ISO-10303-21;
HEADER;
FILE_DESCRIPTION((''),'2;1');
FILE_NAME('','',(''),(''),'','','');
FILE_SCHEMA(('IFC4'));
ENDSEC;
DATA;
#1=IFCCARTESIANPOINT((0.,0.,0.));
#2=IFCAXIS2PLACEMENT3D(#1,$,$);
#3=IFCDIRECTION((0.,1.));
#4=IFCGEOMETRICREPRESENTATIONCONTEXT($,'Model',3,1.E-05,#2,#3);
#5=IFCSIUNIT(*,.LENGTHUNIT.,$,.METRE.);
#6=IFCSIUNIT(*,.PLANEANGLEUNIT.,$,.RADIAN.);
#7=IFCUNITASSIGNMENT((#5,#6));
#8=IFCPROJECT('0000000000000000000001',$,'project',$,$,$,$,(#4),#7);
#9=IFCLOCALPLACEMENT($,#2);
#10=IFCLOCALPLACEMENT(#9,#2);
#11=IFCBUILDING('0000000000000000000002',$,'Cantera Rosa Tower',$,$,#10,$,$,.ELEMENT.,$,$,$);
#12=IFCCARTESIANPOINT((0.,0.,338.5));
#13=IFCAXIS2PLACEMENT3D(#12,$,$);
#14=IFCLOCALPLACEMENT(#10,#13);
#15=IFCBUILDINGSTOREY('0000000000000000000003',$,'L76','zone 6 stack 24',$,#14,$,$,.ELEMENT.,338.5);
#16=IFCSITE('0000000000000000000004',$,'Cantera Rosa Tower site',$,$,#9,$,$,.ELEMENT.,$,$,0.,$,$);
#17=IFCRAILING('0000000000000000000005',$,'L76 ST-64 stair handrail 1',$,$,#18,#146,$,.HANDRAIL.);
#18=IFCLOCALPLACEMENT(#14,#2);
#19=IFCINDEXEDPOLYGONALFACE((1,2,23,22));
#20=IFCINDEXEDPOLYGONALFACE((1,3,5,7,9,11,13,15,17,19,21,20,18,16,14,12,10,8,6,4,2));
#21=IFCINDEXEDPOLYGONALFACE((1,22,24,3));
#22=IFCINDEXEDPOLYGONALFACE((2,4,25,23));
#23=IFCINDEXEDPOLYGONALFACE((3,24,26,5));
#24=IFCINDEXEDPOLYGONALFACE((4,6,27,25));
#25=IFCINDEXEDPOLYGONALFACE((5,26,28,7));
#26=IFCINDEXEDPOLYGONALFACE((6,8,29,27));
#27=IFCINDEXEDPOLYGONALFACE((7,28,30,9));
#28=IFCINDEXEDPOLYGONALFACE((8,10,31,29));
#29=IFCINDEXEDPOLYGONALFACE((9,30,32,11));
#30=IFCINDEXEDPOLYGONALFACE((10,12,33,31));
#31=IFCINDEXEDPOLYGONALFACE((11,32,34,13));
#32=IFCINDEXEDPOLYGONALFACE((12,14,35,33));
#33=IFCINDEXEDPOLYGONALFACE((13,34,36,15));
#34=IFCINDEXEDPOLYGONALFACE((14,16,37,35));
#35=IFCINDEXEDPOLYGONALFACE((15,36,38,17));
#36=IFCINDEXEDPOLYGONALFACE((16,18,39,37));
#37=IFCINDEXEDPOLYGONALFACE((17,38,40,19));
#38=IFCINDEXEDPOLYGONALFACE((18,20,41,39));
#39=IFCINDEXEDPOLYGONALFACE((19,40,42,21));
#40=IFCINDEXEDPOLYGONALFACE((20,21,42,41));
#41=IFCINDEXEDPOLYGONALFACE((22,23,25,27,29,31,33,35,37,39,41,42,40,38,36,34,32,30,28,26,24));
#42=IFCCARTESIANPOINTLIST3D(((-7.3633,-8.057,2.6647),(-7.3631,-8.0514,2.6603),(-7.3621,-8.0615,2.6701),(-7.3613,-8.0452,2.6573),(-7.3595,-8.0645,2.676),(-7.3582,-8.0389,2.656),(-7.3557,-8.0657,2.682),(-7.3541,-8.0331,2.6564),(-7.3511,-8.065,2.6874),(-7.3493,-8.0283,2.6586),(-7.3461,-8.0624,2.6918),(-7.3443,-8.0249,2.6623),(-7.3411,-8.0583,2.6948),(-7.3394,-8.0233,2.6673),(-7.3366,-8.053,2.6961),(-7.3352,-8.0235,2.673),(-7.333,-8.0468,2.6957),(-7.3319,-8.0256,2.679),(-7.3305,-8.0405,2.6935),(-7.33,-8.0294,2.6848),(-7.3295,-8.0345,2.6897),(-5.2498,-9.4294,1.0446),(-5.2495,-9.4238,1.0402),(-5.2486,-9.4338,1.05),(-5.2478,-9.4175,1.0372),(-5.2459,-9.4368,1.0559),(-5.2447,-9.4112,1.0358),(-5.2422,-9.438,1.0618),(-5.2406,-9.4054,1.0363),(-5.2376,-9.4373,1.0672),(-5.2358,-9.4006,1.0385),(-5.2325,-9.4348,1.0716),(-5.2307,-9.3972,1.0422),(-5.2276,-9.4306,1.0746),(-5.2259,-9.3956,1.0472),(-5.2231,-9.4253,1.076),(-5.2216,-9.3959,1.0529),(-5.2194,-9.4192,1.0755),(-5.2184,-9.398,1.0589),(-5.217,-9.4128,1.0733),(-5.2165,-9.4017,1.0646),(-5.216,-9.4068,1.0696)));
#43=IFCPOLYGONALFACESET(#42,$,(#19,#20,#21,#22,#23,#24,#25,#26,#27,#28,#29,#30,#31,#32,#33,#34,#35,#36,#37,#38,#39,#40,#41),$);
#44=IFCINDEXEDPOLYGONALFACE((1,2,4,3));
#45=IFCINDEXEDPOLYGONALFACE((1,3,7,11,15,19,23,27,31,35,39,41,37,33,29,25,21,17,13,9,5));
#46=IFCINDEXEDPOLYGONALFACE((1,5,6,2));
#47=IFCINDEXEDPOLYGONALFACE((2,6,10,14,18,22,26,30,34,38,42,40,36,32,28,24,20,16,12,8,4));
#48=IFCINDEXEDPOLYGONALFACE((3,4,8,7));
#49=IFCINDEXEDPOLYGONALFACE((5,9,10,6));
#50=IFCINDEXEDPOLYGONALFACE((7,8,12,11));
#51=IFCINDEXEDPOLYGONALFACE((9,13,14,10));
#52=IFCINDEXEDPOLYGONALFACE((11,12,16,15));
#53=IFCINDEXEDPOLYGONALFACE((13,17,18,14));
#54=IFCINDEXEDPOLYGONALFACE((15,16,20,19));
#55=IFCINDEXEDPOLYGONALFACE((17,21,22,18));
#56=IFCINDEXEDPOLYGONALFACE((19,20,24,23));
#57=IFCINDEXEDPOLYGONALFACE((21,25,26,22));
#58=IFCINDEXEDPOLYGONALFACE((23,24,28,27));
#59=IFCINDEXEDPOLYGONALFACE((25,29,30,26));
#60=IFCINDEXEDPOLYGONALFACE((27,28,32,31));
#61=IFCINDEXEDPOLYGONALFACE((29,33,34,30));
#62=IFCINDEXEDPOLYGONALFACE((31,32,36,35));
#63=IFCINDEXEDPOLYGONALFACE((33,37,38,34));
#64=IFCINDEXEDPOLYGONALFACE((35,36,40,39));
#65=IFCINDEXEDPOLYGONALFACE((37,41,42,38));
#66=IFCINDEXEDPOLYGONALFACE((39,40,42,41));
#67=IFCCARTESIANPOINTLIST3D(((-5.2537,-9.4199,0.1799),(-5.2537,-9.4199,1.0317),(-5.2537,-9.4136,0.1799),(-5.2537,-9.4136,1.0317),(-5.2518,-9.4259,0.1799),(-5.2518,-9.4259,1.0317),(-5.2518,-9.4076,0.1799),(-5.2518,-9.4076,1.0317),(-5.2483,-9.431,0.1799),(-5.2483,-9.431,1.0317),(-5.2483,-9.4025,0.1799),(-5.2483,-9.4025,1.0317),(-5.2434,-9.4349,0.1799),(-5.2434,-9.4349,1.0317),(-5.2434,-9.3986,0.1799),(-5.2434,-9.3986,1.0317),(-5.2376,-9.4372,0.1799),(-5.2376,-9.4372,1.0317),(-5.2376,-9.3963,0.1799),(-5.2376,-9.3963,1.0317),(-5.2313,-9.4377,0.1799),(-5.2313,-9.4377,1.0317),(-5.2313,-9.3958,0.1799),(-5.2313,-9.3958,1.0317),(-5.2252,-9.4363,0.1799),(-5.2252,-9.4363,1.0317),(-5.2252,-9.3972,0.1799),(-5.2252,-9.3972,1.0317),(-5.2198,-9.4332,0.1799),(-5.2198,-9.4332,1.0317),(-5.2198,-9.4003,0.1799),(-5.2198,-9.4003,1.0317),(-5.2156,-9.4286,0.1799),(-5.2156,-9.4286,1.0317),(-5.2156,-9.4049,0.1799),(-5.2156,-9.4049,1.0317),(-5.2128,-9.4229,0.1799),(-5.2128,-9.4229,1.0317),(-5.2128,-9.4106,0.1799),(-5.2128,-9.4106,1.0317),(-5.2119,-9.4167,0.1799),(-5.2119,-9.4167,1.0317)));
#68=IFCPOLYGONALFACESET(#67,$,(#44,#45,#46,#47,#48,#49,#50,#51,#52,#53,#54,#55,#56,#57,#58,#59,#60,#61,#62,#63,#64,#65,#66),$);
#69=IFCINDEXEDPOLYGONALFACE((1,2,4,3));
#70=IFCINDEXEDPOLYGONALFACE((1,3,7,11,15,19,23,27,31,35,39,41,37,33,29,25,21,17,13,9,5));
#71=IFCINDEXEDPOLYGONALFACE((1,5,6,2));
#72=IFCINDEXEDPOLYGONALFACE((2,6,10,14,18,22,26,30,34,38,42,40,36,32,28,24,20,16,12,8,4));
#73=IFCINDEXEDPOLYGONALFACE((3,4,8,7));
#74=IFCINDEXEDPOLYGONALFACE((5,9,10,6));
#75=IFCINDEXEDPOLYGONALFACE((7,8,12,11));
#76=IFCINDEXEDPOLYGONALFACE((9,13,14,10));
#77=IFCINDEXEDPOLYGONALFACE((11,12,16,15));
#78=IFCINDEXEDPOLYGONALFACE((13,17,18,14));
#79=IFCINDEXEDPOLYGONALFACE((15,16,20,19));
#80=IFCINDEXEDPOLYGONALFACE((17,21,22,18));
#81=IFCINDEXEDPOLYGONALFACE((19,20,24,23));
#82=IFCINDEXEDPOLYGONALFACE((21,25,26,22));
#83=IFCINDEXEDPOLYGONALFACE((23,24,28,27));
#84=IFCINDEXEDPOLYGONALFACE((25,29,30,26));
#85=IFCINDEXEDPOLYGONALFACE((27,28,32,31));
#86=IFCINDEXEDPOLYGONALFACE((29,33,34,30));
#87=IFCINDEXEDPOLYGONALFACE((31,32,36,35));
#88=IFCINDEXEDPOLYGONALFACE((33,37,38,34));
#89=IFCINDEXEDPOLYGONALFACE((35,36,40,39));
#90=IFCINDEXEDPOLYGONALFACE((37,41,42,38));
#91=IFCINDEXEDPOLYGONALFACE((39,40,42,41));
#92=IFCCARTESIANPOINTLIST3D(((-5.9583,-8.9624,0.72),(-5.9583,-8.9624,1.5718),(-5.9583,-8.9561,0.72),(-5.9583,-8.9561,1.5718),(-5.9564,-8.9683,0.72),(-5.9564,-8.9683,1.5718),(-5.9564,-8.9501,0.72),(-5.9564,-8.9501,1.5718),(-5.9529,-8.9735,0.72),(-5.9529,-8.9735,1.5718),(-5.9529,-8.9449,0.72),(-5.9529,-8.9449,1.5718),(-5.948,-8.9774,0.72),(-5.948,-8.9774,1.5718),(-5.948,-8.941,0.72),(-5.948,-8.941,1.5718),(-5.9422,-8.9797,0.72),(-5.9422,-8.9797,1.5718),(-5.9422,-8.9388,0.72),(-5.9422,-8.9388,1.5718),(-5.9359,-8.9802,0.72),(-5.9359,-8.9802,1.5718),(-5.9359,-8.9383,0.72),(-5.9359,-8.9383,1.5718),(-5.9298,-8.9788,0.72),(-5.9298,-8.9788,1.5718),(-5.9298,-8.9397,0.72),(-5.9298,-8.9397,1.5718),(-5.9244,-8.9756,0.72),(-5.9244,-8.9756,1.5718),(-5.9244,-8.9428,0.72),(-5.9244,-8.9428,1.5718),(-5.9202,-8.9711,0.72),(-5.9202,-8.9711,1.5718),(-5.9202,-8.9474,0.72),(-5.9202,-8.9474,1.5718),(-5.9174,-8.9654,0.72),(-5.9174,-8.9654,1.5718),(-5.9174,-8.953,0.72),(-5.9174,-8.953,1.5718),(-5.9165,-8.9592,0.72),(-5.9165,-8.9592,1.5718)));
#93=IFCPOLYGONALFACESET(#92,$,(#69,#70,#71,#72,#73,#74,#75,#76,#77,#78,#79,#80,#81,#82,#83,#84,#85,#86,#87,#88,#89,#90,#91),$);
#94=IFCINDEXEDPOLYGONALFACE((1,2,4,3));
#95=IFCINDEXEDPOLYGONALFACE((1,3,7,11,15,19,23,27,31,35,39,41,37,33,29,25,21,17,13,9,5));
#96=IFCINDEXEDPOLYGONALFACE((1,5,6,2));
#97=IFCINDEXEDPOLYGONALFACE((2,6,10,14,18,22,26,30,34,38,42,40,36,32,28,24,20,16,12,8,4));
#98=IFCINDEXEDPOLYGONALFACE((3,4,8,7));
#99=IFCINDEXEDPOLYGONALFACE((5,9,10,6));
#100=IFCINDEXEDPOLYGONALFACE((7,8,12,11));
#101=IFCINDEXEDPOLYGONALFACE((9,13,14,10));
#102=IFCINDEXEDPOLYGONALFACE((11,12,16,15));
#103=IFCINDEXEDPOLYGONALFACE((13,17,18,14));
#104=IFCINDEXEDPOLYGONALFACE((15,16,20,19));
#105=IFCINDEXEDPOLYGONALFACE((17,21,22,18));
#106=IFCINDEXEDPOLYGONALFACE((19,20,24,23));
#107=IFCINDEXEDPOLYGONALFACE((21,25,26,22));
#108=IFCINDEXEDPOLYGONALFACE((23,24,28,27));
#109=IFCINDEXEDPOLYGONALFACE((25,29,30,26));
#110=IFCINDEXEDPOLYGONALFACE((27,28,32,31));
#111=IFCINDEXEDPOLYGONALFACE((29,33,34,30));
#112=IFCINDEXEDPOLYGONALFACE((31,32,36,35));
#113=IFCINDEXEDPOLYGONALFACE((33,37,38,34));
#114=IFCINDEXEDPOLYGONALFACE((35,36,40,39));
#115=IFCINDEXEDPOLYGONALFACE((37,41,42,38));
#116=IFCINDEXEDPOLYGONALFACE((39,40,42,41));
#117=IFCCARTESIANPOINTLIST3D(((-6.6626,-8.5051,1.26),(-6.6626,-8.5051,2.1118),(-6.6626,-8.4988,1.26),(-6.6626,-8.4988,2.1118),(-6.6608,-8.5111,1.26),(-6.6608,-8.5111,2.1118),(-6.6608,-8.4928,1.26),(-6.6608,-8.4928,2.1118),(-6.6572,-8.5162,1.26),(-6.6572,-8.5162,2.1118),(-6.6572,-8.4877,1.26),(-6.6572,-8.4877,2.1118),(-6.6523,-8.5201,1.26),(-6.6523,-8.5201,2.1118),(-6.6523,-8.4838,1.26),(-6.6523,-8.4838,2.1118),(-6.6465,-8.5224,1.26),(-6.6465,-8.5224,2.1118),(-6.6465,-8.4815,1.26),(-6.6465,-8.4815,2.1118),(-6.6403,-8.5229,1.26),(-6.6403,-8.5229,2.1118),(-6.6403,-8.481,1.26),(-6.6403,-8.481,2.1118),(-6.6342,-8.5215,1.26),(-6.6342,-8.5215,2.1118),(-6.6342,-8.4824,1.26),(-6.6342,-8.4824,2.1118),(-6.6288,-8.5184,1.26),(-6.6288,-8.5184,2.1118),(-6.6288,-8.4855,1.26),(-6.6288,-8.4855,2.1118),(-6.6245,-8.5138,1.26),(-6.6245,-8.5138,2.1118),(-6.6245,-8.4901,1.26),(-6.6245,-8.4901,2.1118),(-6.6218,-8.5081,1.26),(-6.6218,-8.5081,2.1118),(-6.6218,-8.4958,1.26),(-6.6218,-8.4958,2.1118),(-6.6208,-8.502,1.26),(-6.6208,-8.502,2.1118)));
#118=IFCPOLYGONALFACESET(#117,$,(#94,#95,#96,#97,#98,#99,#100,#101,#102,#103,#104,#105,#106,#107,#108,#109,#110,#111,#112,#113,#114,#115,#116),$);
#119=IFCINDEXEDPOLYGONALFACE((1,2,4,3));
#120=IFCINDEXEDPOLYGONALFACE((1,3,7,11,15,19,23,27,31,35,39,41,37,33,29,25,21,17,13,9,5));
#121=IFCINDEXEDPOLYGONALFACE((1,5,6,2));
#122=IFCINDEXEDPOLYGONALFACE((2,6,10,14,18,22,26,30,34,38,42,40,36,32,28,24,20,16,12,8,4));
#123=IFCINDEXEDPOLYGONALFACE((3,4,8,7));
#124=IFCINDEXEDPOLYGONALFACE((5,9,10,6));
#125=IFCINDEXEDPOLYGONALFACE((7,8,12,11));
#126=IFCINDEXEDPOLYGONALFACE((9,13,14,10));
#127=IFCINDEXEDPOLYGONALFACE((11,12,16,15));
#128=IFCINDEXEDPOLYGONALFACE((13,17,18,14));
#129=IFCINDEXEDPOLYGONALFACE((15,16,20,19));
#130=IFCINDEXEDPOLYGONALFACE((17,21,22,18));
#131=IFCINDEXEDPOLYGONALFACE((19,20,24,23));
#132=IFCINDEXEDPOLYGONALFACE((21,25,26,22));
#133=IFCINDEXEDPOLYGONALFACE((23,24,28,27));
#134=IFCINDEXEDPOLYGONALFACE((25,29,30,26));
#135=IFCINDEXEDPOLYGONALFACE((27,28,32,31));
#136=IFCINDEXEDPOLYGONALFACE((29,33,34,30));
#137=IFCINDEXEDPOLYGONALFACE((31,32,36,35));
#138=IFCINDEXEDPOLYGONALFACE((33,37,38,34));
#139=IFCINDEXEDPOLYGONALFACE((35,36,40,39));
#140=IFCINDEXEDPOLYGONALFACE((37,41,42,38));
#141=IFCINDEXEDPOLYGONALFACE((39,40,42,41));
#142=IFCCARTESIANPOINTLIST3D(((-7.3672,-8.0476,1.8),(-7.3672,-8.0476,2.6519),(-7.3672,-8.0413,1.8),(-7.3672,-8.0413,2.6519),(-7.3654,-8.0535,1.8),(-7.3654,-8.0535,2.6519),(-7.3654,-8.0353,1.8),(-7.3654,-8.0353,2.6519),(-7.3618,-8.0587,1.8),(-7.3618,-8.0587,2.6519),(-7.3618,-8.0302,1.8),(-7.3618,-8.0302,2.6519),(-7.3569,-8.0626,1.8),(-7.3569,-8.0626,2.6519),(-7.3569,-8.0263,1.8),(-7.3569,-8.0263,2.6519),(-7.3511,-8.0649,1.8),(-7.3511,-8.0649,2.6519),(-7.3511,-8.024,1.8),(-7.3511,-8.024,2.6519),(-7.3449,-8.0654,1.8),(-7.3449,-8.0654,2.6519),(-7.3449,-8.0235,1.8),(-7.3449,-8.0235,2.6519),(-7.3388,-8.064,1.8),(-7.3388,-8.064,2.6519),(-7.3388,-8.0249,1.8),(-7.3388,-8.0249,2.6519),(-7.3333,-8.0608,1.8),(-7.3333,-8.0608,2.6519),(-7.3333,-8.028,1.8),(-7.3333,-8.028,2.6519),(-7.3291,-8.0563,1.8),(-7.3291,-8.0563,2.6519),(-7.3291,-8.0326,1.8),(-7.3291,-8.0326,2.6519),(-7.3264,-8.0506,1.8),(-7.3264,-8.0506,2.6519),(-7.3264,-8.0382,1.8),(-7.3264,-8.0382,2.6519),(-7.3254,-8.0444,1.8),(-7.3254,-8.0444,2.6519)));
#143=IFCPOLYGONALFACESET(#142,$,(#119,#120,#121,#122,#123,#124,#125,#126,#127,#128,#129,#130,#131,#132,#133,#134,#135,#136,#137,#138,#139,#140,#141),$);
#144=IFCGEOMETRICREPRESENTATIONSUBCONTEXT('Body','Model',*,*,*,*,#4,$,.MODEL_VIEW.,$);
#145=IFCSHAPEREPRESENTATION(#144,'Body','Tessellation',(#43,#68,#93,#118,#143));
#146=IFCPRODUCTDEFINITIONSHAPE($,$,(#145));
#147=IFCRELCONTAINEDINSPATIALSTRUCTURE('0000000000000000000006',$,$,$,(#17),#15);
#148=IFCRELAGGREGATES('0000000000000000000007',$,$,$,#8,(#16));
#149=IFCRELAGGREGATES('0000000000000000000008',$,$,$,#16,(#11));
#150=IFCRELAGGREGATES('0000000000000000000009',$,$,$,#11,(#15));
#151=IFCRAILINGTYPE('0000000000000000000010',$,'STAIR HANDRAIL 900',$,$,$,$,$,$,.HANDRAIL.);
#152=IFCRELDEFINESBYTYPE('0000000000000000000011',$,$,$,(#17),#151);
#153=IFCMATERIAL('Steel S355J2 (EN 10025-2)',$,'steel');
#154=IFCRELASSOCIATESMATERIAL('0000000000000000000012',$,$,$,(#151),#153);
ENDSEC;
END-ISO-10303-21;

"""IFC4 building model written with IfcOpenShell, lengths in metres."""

from ifc_helpers import new_model, si_unit, direction, frame, origin, origin_2d, place, context, subcontext, project, spatial, circle, extrude, material, type_object, element, save


model = new_model("IFC4")

# Units and contexts
model_context = context("Model", 3, precision=1e-05, world=origin(), true_north=direction((0.0, 1.0)))
body_context = subcontext(model_context, "Body", "Model", "MODEL_VIEW")
ifc_project = project(units=[si_unit("LENGTHUNIT", "METRE"), si_unit("PLANEANGLEUNIT", "RADIAN")], contexts=[model_context])

# Site, building, storey
site_placement = place(None, origin())
site = spatial("IfcSite", under=ifc_project, at=site_placement, Name="Cantera Rosa Tower site", CompositionType="ELEMENT", RefElevation=0.0)
building_placement = place(site_placement, origin())
building = spatial("IfcBuilding", under=site, at=building_placement, Name="Cantera Rosa Tower", CompositionType="ELEMENT")
storey_placement = place(building_placement, frame((0.0, 0.0, 338.5)))
storey = spatial("IfcBuildingStorey", under=building, at=storey_placement, Name="L76", Description="zone 6 stack 24", CompositionType="ELEMENT", Elevation=338.5)

# Railing
ifc_material_1 = material(Name="Steel S355J2 (EN 10025-2)", Category="steel")
railing_type_1 = type_object("IfcRailingType", Name="STAIR HANDRAIL 900", PredefinedType="HANDRAIL", material=ifc_material_1)
railing_1_placement = place(storey_placement, frame((-5.2329, -9.4167, 0.1799)))
element("IfcRailing", 1, at=railing_1_placement, inside=storey, type_object=railing_type_1, Name="L76 ST-64 stair handrail 1", PredefinedType="HANDRAIL", context=body_context, shape_type="SweptSolid", body=[
    extrude(circle(Radius=0.0239, at=origin_2d()), frame((0.0, 0.0, 0.876), z_axis=(-0.705488, 0.458074, 0.54079), x_axis=(-0.544576, -0.838711, 0.0)), (0.0, 0.0, 1.0), 2.9958),
    extrude(circle(Radius=0.021, at=origin_2d()), origin(), (0.0, 0.0, 1.0), 0.8518),
    extrude(circle(Radius=0.021, at=origin_2d()), frame((-0.7046, 0.4575, 0.54)), (0.0, 0.0, 1.0), 0.8518),
    extrude(circle(Radius=0.021, at=origin_2d()), frame((-1.4089, 0.9148, 1.0801)), (0.0, 0.0, 1.0), 0.8518),
    extrude(circle(Radius=0.021, at=origin_2d()), frame((-2.1135, 1.3723, 1.6201)), (0.0, 0.0, 1.0), 0.8518),
])

save(model, "model.ifc")
